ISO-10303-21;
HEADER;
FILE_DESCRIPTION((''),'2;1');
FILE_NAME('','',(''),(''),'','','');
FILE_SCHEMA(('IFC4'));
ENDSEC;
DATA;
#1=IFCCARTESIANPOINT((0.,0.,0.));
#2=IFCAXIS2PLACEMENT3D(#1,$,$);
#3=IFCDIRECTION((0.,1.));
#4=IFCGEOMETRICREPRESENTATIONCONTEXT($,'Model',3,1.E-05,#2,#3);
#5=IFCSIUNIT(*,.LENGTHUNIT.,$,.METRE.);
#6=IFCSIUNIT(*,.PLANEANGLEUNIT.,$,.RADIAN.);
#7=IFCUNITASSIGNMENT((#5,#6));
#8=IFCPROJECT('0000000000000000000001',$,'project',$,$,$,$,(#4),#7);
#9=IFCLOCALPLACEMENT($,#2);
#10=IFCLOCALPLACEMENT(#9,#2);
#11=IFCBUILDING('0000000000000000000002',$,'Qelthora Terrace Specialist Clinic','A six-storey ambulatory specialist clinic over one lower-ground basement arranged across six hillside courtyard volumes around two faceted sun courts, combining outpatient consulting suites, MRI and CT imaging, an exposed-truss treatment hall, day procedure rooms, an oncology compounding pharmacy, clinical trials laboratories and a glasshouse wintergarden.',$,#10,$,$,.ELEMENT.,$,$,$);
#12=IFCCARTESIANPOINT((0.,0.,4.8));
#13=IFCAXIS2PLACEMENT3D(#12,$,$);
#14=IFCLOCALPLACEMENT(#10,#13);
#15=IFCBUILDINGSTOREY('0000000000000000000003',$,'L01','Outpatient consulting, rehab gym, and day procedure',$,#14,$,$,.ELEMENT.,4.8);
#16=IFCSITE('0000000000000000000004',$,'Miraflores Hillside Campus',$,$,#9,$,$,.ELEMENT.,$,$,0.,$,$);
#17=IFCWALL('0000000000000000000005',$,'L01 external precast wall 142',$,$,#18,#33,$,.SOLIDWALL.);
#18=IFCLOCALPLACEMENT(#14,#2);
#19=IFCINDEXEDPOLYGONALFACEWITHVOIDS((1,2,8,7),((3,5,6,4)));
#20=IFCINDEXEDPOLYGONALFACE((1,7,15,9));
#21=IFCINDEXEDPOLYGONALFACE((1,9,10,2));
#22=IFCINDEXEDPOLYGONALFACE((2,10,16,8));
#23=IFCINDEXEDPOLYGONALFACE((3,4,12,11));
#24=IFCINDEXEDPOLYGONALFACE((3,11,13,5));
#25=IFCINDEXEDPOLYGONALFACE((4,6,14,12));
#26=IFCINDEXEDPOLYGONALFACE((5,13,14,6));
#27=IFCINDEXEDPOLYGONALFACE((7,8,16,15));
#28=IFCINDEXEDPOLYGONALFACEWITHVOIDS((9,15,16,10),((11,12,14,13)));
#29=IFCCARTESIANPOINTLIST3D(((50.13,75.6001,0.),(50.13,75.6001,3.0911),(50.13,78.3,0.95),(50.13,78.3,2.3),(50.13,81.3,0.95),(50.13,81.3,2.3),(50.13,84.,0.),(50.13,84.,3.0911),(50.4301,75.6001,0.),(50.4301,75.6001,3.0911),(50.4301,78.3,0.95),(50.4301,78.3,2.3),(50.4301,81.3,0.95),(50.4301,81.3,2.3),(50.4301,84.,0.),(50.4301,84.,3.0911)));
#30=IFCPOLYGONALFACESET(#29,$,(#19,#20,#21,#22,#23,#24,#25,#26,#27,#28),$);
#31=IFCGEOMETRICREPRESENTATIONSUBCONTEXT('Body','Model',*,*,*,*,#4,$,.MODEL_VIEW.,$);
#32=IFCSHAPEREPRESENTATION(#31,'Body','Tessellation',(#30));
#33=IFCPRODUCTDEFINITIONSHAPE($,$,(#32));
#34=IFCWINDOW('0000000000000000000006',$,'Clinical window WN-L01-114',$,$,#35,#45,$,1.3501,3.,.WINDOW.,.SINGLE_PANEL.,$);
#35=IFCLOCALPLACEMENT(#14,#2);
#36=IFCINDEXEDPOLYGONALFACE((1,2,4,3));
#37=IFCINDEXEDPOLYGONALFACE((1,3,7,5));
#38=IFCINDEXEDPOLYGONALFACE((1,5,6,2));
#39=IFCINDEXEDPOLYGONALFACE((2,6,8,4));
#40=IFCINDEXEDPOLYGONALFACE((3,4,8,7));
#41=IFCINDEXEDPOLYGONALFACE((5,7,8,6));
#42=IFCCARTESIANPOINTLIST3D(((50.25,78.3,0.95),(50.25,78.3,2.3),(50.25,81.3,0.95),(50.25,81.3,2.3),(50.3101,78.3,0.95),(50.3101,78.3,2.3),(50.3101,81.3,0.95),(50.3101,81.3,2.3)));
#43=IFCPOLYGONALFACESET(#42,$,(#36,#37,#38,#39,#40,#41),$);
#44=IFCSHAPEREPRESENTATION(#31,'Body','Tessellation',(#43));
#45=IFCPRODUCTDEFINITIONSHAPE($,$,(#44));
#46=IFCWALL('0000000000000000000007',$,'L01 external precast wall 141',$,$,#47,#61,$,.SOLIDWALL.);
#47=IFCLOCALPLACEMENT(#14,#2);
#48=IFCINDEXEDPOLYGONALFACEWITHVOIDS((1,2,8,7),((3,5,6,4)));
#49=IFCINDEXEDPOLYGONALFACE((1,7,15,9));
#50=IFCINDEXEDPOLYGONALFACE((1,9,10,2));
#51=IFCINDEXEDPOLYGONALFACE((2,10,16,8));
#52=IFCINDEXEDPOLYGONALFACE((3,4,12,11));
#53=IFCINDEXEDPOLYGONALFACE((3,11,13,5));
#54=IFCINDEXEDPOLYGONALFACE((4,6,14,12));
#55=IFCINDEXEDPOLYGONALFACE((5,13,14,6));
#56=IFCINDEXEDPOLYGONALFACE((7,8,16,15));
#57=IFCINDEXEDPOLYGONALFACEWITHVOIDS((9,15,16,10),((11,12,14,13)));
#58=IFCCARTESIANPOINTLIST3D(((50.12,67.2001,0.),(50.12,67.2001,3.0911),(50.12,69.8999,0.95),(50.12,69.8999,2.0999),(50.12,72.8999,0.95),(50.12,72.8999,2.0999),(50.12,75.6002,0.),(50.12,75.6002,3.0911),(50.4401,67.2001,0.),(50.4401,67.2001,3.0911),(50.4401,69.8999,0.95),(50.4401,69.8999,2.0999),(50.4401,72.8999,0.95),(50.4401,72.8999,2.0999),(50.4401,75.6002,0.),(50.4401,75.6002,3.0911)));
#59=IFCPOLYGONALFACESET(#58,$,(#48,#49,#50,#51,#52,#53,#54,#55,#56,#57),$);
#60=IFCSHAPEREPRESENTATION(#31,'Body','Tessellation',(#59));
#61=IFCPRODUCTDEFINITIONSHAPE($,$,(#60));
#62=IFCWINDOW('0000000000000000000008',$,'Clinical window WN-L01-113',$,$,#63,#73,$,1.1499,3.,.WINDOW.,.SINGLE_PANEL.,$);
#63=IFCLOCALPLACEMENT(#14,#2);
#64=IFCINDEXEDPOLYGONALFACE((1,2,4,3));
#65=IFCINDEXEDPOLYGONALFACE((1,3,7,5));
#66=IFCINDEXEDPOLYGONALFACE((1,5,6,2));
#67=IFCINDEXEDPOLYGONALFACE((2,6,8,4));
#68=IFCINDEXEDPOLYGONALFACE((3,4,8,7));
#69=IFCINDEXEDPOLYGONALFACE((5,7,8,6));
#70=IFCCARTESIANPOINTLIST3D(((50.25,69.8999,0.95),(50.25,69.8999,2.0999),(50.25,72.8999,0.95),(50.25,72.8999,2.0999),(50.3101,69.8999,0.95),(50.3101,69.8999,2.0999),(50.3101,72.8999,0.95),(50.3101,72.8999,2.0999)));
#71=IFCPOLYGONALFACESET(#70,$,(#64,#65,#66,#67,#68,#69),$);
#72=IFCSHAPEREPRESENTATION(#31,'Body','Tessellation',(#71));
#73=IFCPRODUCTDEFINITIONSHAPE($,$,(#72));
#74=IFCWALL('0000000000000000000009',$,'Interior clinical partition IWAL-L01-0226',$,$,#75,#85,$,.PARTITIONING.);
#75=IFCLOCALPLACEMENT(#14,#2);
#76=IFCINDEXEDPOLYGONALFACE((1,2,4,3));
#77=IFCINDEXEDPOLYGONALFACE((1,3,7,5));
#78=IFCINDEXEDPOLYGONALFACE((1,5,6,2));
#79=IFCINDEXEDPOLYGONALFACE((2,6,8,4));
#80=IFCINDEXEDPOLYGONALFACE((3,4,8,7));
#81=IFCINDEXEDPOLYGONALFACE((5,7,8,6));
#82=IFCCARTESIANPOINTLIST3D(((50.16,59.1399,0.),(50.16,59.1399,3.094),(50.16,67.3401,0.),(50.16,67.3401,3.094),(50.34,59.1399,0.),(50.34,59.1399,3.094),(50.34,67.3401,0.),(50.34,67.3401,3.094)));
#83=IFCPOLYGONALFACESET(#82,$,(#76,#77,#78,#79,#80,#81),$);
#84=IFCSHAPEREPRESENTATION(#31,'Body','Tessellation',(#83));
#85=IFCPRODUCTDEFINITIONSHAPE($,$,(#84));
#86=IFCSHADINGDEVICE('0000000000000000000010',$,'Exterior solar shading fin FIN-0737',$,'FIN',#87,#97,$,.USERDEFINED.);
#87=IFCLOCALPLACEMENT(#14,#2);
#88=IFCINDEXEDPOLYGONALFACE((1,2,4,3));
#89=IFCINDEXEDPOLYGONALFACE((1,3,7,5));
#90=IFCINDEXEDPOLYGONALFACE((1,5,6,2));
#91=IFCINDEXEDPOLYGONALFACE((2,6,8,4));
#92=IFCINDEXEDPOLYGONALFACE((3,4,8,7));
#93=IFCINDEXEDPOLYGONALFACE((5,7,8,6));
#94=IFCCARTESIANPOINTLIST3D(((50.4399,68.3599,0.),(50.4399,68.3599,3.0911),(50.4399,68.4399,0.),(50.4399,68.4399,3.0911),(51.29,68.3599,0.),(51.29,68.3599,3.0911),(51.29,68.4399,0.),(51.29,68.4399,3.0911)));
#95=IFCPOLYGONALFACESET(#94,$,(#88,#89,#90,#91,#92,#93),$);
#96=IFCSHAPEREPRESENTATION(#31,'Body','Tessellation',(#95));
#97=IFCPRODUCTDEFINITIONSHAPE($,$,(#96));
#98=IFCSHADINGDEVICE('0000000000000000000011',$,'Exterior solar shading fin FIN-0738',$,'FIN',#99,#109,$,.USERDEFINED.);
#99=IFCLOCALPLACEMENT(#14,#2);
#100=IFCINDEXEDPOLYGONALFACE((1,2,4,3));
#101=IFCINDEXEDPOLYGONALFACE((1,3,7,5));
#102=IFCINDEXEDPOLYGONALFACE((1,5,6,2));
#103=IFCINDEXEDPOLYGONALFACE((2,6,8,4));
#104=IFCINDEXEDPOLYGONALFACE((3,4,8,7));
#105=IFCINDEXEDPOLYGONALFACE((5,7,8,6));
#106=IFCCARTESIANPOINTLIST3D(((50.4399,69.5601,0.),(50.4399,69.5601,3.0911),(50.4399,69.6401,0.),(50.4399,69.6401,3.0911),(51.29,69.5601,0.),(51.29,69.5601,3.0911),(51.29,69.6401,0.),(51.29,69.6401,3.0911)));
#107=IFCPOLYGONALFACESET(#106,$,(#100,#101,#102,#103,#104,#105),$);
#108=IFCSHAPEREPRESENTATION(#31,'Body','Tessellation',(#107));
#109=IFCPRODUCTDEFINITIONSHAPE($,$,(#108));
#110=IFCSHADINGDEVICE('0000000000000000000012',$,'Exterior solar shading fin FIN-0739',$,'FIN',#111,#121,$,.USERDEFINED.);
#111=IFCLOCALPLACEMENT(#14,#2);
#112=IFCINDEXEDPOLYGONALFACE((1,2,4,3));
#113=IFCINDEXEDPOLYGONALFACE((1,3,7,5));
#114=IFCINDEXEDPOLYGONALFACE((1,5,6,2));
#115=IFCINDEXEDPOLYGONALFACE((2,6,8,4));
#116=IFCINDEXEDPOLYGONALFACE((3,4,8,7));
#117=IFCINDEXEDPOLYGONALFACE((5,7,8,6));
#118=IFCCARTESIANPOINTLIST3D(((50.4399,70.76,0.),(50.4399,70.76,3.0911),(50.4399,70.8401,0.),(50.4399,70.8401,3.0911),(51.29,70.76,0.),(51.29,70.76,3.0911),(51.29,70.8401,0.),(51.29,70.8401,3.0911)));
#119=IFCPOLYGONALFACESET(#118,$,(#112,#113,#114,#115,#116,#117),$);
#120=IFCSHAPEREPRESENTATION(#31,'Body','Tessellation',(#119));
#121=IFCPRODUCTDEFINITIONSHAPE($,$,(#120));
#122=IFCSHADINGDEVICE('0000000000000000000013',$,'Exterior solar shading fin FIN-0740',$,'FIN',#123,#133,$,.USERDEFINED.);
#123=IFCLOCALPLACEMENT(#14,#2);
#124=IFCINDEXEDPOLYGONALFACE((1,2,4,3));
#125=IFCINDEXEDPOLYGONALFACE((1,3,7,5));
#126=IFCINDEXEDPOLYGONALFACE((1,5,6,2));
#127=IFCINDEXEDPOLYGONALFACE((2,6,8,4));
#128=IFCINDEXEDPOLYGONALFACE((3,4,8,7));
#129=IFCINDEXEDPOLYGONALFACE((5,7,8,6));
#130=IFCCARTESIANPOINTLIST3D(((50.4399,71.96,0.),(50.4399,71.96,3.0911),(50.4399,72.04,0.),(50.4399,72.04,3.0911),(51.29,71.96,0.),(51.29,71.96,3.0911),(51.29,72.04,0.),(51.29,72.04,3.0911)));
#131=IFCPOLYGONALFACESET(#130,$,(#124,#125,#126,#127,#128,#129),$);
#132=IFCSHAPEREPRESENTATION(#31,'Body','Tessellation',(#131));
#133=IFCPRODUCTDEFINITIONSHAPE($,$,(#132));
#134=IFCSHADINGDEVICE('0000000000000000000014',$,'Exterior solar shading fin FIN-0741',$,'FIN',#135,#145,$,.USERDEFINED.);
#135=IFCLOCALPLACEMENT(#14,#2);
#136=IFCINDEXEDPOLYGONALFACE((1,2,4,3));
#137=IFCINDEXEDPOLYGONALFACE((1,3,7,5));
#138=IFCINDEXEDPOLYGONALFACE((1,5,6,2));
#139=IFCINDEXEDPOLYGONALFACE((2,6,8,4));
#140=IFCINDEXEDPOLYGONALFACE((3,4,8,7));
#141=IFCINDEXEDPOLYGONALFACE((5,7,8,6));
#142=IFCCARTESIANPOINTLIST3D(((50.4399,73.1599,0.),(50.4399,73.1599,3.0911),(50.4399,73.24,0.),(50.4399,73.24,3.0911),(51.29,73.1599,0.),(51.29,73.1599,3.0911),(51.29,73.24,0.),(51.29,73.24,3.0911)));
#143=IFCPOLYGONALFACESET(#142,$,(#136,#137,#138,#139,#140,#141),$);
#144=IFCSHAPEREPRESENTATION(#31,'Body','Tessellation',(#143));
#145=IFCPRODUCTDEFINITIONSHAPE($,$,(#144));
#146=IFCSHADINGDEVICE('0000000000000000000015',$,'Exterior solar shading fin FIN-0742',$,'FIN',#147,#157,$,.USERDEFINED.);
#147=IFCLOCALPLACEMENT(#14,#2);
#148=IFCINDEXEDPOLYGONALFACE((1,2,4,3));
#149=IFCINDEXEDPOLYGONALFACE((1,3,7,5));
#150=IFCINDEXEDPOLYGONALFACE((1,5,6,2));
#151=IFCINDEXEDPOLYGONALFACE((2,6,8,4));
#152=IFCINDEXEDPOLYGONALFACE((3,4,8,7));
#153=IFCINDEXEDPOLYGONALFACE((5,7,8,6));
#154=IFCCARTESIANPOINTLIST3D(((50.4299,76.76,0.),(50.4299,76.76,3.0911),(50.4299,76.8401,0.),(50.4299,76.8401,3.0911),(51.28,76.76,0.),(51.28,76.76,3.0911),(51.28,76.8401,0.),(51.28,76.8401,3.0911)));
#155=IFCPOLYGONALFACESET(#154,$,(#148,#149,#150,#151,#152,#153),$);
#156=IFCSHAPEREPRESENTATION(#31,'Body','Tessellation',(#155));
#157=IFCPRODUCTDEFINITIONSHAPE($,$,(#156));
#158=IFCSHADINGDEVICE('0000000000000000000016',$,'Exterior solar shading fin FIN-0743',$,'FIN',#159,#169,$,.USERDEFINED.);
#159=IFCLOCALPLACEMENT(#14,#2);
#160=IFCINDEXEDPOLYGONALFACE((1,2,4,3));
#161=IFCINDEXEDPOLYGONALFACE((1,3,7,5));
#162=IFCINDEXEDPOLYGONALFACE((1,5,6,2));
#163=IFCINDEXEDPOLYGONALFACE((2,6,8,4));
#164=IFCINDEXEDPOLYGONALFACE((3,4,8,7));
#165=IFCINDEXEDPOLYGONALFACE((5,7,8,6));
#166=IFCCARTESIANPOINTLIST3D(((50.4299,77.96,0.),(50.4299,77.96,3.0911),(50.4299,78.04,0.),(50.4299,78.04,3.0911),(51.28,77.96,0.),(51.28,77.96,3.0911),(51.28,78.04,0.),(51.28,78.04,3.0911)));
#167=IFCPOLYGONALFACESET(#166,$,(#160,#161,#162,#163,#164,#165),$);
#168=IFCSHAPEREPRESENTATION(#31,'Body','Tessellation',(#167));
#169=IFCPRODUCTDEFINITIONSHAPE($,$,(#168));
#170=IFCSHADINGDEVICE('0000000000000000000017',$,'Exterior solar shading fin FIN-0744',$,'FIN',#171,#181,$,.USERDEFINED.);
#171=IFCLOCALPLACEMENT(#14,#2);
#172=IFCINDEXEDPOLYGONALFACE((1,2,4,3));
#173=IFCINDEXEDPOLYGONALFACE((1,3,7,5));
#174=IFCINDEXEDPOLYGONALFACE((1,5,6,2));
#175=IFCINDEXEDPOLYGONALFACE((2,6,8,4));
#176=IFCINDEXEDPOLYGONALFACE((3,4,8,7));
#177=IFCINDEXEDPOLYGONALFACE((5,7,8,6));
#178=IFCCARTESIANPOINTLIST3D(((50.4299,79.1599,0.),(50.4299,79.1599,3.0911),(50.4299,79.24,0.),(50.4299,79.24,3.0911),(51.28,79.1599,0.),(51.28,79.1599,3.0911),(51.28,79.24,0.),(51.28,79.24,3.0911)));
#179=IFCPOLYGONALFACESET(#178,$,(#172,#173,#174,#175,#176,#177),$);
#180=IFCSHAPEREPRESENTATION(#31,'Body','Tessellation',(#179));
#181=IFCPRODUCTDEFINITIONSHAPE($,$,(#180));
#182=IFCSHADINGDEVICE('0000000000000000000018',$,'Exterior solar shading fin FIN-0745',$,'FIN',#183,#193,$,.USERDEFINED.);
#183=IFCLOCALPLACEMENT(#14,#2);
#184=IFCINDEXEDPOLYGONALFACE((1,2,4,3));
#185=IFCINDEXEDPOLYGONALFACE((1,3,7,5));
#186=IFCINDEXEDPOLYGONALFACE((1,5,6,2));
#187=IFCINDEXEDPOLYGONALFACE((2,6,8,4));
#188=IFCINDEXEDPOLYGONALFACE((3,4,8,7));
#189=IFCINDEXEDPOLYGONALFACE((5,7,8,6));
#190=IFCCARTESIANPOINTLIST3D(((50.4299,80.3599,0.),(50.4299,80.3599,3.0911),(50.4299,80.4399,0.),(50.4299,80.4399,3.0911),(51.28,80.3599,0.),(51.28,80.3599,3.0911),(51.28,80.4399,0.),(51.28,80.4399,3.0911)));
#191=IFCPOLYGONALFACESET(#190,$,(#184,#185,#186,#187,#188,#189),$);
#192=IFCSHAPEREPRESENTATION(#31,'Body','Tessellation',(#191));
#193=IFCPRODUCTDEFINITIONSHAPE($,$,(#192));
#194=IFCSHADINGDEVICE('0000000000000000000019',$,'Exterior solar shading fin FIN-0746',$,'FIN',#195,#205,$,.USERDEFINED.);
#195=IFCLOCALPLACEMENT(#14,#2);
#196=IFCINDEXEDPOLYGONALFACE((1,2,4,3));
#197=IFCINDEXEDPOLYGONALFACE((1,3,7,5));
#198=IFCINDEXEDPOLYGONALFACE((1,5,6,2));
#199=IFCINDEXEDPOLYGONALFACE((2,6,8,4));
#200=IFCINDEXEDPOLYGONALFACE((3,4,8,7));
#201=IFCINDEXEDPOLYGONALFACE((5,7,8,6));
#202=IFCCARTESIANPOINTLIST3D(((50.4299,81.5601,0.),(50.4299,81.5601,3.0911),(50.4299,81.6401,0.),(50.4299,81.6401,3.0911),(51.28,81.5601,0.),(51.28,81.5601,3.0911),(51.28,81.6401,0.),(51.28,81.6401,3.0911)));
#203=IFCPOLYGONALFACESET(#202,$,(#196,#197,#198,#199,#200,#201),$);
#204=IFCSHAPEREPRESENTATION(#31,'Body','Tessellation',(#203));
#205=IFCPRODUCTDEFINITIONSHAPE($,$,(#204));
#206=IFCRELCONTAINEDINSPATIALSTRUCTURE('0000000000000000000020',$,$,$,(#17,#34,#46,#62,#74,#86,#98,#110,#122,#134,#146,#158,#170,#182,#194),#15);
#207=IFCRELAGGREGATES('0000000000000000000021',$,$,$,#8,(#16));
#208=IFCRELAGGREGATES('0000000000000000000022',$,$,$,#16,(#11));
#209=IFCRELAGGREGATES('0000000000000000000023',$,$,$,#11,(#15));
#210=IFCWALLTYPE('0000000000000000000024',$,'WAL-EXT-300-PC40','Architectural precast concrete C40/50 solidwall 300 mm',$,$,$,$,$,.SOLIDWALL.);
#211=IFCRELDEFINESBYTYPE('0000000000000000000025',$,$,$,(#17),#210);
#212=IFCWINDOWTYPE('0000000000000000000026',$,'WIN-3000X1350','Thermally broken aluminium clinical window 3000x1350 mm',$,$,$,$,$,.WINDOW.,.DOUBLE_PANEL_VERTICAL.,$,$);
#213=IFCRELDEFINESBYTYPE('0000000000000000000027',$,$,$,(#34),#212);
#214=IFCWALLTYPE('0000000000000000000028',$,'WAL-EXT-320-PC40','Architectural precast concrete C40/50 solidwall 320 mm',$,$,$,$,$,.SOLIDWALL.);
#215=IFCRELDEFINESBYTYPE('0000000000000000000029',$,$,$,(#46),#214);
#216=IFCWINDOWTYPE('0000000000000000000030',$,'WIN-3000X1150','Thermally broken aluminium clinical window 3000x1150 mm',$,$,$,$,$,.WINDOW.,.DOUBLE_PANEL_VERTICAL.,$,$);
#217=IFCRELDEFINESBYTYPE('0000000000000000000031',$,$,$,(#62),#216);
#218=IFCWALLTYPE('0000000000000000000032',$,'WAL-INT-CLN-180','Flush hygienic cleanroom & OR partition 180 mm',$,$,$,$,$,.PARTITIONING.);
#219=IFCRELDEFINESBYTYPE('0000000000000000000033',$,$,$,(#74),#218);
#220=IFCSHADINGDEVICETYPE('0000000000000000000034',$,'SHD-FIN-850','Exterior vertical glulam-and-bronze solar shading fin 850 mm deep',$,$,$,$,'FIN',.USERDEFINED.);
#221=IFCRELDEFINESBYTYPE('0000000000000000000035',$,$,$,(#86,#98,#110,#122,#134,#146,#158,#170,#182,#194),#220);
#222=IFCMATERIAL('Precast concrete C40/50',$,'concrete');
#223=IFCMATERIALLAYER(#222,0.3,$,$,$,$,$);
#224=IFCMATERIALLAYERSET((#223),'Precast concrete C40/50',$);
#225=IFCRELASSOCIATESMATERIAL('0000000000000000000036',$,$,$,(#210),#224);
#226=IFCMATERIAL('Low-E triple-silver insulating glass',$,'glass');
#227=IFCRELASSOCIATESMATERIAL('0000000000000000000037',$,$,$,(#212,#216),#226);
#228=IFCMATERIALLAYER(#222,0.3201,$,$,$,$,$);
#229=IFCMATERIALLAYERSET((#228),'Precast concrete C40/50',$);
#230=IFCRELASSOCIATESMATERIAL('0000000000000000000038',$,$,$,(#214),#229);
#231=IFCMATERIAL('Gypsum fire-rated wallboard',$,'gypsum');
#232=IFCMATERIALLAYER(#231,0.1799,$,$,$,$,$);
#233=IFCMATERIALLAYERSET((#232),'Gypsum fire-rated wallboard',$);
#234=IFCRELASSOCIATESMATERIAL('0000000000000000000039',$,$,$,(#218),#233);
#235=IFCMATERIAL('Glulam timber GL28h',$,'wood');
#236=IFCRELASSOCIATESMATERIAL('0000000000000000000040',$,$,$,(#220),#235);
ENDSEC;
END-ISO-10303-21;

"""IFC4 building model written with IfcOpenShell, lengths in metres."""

from ifc_helpers import new_model, si_unit, direction, frame, frame_2d, origin, origin_2d, place, context, subcontext, project, spatial, rectangle, extrude, material, layer, layer_set, type_object, element, fill, save


model = new_model("IFC4")

# Units and contexts
model_context = context("Model", 3, precision=1e-05, world=origin(), true_north=direction((0.0, 1.0)))
body_context = subcontext(model_context, "Body", "Model", "MODEL_VIEW")
ifc_project = project(units=[si_unit("LENGTHUNIT", "METRE"), si_unit("PLANEANGLEUNIT", "RADIAN")], contexts=[model_context])

# Site, building, storey
site_placement = place(None, origin())
site = spatial("IfcSite", under=ifc_project, at=site_placement, Name="Miraflores Hillside Campus", CompositionType="ELEMENT", RefElevation=0.0)
building_placement = place(site_placement, origin())
building = spatial("IfcBuilding", under=site, at=building_placement, Name="Qelthora Terrace Specialist Clinic", Description="A six-storey ambulatory specialist clinic over one lower-ground basement arranged across six hillside courtyard volumes around two faceted sun courts, combining outpatient consulting suites, MRI and CT imaging, an exposed-truss treatment hall, day procedure rooms, an oncology compounding pharmacy, clinical trials laboratories and a glasshouse wintergarden.", CompositionType="ELEMENT")
storey_placement = place(building_placement, frame((0.0, 0.0, 4.8)))
storey = spatial("IfcBuildingStorey", under=building, at=storey_placement, Name="L01", Description="Outpatient consulting, rehab gym, and day procedure", CompositionType="ELEMENT", Elevation=4.8)

# Walls, openings, windows
ifc_material_1 = material(Name="Precast concrete C40/50", Category="concrete")
ifc_material_2 = material(Name="Low-E triple-silver insulating glass", Category="glass")
ifc_layer_1 = layer(ifc_material_1, 0.3)
ifc_layer_set_1 = layer_set([ifc_layer_1], Name="Precast concrete C40/50")
wall_type_1 = type_object("IfcWallType", Name="WAL-EXT-300-PC40", Description="Architectural precast concrete C40/50 solidwall 300 mm", PredefinedType="SOLIDWALL", material=ifc_layer_set_1)
wall_1_placement = place(storey_placement, frame((50.28, 75.6001, 0.0), z_axis=(0.0, 0.0, 1.0), x_axis=(0.0, 1.0, 0.0)))
wall_1 = element("IfcWall", 1, at=wall_1_placement, inside=storey, type_object=wall_type_1, Name="L01 external precast wall 142", PredefinedType="SOLIDWALL", context=body_context, shape_type="SweptSolid", body=[
    extrude(rectangle(XDim=8.3999, YDim=0.3, at=frame_2d((4.2, 0.0))), origin(), (0.0, 0.0, 1.0), 3.0911),
])
opening_1_placement = place(wall_1_placement, frame((2.7, 0.0, 0.95)))
opening_1 = element("IfcOpeningElement", 2, at=opening_1_placement, cuts=wall_1, PredefinedType="OPENING", context=body_context, shape_type="SweptSolid", body=[
    extrude(rectangle(XDim=3.0, YDim=1.3501, at=frame_2d((1.5, 0.675))), frame((0.0, 0.1599, 0.0), z_axis=(0.0, -1.0, 0.0), x_axis=(1.0, 0.0, 0.0)), (0.0, 0.0, 1.0), 0.3201),
])
window_type_1 = type_object("IfcWindowType", Name="WIN-3000X1350", Description="Thermally broken aluminium clinical window 3000x1350 mm", PartitioningType="DOUBLE_PANEL_VERTICAL", PredefinedType="WINDOW", material=ifc_material_2)
window_1_placement = place(opening_1_placement, origin())
window_1 = element("IfcWindow", 3, at=window_1_placement, inside=storey, type_object=window_type_1, Name="Clinical window WN-L01-114", OverallHeight=1.3501, OverallWidth=3.0, PartitioningType="SINGLE_PANEL", PredefinedType="WINDOW", context=body_context, shape_type="SweptSolid", body=[
    extrude(rectangle(XDim=3.0, YDim=1.3501, at=frame_2d((1.5, 0.675))), frame((0.0, 0.03, 0.0), z_axis=(0.0, -1.0, 0.0), x_axis=(1.0, 0.0, 0.0)), (0.0, 0.0, 1.0), 0.0601),
])
fill(opening_1, window_1)
ifc_layer_2 = layer(ifc_material_1, 0.3201)
ifc_layer_set_2 = layer_set([ifc_layer_2], Name="Precast concrete C40/50")
wall_type_2 = type_object("IfcWallType", Name="WAL-EXT-320-PC40", Description="Architectural precast concrete C40/50 solidwall 320 mm", PredefinedType="SOLIDWALL", material=ifc_layer_set_2)
wall_2_placement = place(storey_placement, frame((50.28, 67.2, 0.0), z_axis=(0.0, 0.0, 1.0), x_axis=(0.0, 1.0, 0.0)))
wall_2 = element("IfcWall", 4, at=wall_2_placement, inside=storey, type_object=wall_type_2, Name="L01 external precast wall 141", PredefinedType="SOLIDWALL", context=body_context, shape_type="SweptSolid", body=[
    extrude(rectangle(XDim=8.4001, YDim=0.3201, at=frame_2d((4.2002, 0.0))), origin(), (0.0, 0.0, 1.0), 3.0911),
])
opening_2_placement = place(wall_2_placement, frame((2.7, 0.0, 0.95)))
opening_2 = element("IfcOpeningElement", 5, at=opening_2_placement, cuts=wall_2, PredefinedType="OPENING", context=body_context, shape_type="SweptSolid", body=[
    extrude(rectangle(XDim=3.0, YDim=1.1499, at=frame_2d((1.5, 0.575))), frame((0.0, 0.1699, 0.0), z_axis=(0.0, -1.0, 0.0), x_axis=(1.0, 0.0, 0.0)), (0.0, 0.0, 1.0), 0.3401),
])
window_type_2 = type_object("IfcWindowType", Name="WIN-3000X1150", Description="Thermally broken aluminium clinical window 3000x1150 mm", PartitioningType="DOUBLE_PANEL_VERTICAL", PredefinedType="WINDOW", material=ifc_material_2)
window_2_placement = place(opening_2_placement, origin())
window_2 = element("IfcWindow", 6, at=window_2_placement, inside=storey, type_object=window_type_2, Name="Clinical window WN-L01-113", OverallHeight=1.1499, OverallWidth=3.0, PartitioningType="SINGLE_PANEL", PredefinedType="WINDOW", context=body_context, shape_type="SweptSolid", body=[
    extrude(rectangle(XDim=3.0, YDim=1.1499, at=frame_2d((1.5, 0.575))), frame((0.0, 0.03, 0.0), z_axis=(0.0, -1.0, 0.0), x_axis=(1.0, 0.0, 0.0)), (0.0, 0.0, 1.0), 0.0601),
])
fill(opening_2, window_2)

# Wall
ifc_material_3 = material(Name="Gypsum fire-rated wallboard", Category="gypsum")
ifc_layer_3 = layer(ifc_material_3, 0.1799)
ifc_layer_set_3 = layer_set([ifc_layer_3], Name="Gypsum fire-rated wallboard")
wall_type_3 = type_object("IfcWallType", Name="WAL-INT-CLN-180", Description="Flush hygienic cleanroom & OR partition 180 mm", PredefinedType="PARTITIONING", material=ifc_layer_set_3)
wall_3_placement = place(storey_placement, frame((50.25, 67.3401, 0.0), z_axis=(0.0, 0.0, 1.0), x_axis=(0.0, -1.0, 0.0)))
element("IfcWall", 7, at=wall_3_placement, inside=storey, type_object=wall_type_3, Name="Interior clinical partition IWAL-L01-0226", PredefinedType="PARTITIONING", context=body_context, shape_type="SweptSolid", body=[
    extrude(rectangle(XDim=8.2002, YDim=0.1799, at=frame_2d((4.1001, 0.0))), origin(), (0.0, 0.0, 1.0), 3.094),
])

# Shading devices
ifc_material_4 = material(Name="Glulam timber GL28h", Category="wood")
shading_device_type = type_object("IfcShadingDeviceType", Name="SHD-FIN-850", Description="Exterior vertical glulam-and-bronze solar shading fin 850 mm deep", ElementType="FIN", PredefinedType="USERDEFINED", material=ifc_material_4)
for number, where, z_axis, x_axis, name in (
    (8, (50.865, 68.3999, 0.0), (0.0, 0.0, 1.0), (1.0, 0.0, 0.0), "Exterior solar shading fin FIN-0737"),
    (9, (50.865, 69.6001, 0.0), (0.0, 0.0, 1.0), (1.0, 0.0, 0.0), "Exterior solar shading fin FIN-0738"),
    (10, (50.865, 70.8, 0.0), (0.0, 0.0, 1.0), (1.0, 0.0, 0.0), "Exterior solar shading fin FIN-0739"),
    (11, (50.865, 72.0, 0.0), (0.0, 0.0, 1.0), (1.0, 0.0, 0.0), "Exterior solar shading fin FIN-0740"),
    (12, (50.865, 73.2, 0.0), (0.0, 0.0, 1.0), (1.0, 0.0, 0.0), "Exterior solar shading fin FIN-0741"),
    (13, (50.855, 76.8, 0.0), (0.0, 0.0, 1.0), (1.0, 0.0, 0.0), "Exterior solar shading fin FIN-0742"),
    (14, (50.855, 78.0, 0.0), (0.0, 0.0, 1.0), (1.0, 0.0, 0.0), "Exterior solar shading fin FIN-0743"),
    (15, (50.855, 79.2, 0.0), (0.0, 0.0, 1.0), (1.0, 0.0, 0.0), "Exterior solar shading fin FIN-0744"),
    (16, (50.855, 80.3999, 0.0), (0.0, 0.0, 1.0), (1.0, 0.0, 0.0), "Exterior solar shading fin FIN-0745"),
    (17, (50.855, 81.6001, 0.0), (0.0, 0.0, 1.0), (1.0, 0.0, 0.0), "Exterior solar shading fin FIN-0746"),
):
    element("IfcShadingDevice", number, at=place(storey_placement, frame(where, z_axis=z_axis, x_axis=x_axis)), inside=storey, type_object=shading_device_type, Name=name, ObjectType="FIN", PredefinedType="USERDEFINED", context=body_context, shape_type="SweptSolid", body=[
        extrude(rectangle(XDim=0.8501, YDim=0.0801, at=origin_2d()), origin(), (0.0, 0.0, 1.0), 3.0911),
    ])

save(model, "model.ifc")
